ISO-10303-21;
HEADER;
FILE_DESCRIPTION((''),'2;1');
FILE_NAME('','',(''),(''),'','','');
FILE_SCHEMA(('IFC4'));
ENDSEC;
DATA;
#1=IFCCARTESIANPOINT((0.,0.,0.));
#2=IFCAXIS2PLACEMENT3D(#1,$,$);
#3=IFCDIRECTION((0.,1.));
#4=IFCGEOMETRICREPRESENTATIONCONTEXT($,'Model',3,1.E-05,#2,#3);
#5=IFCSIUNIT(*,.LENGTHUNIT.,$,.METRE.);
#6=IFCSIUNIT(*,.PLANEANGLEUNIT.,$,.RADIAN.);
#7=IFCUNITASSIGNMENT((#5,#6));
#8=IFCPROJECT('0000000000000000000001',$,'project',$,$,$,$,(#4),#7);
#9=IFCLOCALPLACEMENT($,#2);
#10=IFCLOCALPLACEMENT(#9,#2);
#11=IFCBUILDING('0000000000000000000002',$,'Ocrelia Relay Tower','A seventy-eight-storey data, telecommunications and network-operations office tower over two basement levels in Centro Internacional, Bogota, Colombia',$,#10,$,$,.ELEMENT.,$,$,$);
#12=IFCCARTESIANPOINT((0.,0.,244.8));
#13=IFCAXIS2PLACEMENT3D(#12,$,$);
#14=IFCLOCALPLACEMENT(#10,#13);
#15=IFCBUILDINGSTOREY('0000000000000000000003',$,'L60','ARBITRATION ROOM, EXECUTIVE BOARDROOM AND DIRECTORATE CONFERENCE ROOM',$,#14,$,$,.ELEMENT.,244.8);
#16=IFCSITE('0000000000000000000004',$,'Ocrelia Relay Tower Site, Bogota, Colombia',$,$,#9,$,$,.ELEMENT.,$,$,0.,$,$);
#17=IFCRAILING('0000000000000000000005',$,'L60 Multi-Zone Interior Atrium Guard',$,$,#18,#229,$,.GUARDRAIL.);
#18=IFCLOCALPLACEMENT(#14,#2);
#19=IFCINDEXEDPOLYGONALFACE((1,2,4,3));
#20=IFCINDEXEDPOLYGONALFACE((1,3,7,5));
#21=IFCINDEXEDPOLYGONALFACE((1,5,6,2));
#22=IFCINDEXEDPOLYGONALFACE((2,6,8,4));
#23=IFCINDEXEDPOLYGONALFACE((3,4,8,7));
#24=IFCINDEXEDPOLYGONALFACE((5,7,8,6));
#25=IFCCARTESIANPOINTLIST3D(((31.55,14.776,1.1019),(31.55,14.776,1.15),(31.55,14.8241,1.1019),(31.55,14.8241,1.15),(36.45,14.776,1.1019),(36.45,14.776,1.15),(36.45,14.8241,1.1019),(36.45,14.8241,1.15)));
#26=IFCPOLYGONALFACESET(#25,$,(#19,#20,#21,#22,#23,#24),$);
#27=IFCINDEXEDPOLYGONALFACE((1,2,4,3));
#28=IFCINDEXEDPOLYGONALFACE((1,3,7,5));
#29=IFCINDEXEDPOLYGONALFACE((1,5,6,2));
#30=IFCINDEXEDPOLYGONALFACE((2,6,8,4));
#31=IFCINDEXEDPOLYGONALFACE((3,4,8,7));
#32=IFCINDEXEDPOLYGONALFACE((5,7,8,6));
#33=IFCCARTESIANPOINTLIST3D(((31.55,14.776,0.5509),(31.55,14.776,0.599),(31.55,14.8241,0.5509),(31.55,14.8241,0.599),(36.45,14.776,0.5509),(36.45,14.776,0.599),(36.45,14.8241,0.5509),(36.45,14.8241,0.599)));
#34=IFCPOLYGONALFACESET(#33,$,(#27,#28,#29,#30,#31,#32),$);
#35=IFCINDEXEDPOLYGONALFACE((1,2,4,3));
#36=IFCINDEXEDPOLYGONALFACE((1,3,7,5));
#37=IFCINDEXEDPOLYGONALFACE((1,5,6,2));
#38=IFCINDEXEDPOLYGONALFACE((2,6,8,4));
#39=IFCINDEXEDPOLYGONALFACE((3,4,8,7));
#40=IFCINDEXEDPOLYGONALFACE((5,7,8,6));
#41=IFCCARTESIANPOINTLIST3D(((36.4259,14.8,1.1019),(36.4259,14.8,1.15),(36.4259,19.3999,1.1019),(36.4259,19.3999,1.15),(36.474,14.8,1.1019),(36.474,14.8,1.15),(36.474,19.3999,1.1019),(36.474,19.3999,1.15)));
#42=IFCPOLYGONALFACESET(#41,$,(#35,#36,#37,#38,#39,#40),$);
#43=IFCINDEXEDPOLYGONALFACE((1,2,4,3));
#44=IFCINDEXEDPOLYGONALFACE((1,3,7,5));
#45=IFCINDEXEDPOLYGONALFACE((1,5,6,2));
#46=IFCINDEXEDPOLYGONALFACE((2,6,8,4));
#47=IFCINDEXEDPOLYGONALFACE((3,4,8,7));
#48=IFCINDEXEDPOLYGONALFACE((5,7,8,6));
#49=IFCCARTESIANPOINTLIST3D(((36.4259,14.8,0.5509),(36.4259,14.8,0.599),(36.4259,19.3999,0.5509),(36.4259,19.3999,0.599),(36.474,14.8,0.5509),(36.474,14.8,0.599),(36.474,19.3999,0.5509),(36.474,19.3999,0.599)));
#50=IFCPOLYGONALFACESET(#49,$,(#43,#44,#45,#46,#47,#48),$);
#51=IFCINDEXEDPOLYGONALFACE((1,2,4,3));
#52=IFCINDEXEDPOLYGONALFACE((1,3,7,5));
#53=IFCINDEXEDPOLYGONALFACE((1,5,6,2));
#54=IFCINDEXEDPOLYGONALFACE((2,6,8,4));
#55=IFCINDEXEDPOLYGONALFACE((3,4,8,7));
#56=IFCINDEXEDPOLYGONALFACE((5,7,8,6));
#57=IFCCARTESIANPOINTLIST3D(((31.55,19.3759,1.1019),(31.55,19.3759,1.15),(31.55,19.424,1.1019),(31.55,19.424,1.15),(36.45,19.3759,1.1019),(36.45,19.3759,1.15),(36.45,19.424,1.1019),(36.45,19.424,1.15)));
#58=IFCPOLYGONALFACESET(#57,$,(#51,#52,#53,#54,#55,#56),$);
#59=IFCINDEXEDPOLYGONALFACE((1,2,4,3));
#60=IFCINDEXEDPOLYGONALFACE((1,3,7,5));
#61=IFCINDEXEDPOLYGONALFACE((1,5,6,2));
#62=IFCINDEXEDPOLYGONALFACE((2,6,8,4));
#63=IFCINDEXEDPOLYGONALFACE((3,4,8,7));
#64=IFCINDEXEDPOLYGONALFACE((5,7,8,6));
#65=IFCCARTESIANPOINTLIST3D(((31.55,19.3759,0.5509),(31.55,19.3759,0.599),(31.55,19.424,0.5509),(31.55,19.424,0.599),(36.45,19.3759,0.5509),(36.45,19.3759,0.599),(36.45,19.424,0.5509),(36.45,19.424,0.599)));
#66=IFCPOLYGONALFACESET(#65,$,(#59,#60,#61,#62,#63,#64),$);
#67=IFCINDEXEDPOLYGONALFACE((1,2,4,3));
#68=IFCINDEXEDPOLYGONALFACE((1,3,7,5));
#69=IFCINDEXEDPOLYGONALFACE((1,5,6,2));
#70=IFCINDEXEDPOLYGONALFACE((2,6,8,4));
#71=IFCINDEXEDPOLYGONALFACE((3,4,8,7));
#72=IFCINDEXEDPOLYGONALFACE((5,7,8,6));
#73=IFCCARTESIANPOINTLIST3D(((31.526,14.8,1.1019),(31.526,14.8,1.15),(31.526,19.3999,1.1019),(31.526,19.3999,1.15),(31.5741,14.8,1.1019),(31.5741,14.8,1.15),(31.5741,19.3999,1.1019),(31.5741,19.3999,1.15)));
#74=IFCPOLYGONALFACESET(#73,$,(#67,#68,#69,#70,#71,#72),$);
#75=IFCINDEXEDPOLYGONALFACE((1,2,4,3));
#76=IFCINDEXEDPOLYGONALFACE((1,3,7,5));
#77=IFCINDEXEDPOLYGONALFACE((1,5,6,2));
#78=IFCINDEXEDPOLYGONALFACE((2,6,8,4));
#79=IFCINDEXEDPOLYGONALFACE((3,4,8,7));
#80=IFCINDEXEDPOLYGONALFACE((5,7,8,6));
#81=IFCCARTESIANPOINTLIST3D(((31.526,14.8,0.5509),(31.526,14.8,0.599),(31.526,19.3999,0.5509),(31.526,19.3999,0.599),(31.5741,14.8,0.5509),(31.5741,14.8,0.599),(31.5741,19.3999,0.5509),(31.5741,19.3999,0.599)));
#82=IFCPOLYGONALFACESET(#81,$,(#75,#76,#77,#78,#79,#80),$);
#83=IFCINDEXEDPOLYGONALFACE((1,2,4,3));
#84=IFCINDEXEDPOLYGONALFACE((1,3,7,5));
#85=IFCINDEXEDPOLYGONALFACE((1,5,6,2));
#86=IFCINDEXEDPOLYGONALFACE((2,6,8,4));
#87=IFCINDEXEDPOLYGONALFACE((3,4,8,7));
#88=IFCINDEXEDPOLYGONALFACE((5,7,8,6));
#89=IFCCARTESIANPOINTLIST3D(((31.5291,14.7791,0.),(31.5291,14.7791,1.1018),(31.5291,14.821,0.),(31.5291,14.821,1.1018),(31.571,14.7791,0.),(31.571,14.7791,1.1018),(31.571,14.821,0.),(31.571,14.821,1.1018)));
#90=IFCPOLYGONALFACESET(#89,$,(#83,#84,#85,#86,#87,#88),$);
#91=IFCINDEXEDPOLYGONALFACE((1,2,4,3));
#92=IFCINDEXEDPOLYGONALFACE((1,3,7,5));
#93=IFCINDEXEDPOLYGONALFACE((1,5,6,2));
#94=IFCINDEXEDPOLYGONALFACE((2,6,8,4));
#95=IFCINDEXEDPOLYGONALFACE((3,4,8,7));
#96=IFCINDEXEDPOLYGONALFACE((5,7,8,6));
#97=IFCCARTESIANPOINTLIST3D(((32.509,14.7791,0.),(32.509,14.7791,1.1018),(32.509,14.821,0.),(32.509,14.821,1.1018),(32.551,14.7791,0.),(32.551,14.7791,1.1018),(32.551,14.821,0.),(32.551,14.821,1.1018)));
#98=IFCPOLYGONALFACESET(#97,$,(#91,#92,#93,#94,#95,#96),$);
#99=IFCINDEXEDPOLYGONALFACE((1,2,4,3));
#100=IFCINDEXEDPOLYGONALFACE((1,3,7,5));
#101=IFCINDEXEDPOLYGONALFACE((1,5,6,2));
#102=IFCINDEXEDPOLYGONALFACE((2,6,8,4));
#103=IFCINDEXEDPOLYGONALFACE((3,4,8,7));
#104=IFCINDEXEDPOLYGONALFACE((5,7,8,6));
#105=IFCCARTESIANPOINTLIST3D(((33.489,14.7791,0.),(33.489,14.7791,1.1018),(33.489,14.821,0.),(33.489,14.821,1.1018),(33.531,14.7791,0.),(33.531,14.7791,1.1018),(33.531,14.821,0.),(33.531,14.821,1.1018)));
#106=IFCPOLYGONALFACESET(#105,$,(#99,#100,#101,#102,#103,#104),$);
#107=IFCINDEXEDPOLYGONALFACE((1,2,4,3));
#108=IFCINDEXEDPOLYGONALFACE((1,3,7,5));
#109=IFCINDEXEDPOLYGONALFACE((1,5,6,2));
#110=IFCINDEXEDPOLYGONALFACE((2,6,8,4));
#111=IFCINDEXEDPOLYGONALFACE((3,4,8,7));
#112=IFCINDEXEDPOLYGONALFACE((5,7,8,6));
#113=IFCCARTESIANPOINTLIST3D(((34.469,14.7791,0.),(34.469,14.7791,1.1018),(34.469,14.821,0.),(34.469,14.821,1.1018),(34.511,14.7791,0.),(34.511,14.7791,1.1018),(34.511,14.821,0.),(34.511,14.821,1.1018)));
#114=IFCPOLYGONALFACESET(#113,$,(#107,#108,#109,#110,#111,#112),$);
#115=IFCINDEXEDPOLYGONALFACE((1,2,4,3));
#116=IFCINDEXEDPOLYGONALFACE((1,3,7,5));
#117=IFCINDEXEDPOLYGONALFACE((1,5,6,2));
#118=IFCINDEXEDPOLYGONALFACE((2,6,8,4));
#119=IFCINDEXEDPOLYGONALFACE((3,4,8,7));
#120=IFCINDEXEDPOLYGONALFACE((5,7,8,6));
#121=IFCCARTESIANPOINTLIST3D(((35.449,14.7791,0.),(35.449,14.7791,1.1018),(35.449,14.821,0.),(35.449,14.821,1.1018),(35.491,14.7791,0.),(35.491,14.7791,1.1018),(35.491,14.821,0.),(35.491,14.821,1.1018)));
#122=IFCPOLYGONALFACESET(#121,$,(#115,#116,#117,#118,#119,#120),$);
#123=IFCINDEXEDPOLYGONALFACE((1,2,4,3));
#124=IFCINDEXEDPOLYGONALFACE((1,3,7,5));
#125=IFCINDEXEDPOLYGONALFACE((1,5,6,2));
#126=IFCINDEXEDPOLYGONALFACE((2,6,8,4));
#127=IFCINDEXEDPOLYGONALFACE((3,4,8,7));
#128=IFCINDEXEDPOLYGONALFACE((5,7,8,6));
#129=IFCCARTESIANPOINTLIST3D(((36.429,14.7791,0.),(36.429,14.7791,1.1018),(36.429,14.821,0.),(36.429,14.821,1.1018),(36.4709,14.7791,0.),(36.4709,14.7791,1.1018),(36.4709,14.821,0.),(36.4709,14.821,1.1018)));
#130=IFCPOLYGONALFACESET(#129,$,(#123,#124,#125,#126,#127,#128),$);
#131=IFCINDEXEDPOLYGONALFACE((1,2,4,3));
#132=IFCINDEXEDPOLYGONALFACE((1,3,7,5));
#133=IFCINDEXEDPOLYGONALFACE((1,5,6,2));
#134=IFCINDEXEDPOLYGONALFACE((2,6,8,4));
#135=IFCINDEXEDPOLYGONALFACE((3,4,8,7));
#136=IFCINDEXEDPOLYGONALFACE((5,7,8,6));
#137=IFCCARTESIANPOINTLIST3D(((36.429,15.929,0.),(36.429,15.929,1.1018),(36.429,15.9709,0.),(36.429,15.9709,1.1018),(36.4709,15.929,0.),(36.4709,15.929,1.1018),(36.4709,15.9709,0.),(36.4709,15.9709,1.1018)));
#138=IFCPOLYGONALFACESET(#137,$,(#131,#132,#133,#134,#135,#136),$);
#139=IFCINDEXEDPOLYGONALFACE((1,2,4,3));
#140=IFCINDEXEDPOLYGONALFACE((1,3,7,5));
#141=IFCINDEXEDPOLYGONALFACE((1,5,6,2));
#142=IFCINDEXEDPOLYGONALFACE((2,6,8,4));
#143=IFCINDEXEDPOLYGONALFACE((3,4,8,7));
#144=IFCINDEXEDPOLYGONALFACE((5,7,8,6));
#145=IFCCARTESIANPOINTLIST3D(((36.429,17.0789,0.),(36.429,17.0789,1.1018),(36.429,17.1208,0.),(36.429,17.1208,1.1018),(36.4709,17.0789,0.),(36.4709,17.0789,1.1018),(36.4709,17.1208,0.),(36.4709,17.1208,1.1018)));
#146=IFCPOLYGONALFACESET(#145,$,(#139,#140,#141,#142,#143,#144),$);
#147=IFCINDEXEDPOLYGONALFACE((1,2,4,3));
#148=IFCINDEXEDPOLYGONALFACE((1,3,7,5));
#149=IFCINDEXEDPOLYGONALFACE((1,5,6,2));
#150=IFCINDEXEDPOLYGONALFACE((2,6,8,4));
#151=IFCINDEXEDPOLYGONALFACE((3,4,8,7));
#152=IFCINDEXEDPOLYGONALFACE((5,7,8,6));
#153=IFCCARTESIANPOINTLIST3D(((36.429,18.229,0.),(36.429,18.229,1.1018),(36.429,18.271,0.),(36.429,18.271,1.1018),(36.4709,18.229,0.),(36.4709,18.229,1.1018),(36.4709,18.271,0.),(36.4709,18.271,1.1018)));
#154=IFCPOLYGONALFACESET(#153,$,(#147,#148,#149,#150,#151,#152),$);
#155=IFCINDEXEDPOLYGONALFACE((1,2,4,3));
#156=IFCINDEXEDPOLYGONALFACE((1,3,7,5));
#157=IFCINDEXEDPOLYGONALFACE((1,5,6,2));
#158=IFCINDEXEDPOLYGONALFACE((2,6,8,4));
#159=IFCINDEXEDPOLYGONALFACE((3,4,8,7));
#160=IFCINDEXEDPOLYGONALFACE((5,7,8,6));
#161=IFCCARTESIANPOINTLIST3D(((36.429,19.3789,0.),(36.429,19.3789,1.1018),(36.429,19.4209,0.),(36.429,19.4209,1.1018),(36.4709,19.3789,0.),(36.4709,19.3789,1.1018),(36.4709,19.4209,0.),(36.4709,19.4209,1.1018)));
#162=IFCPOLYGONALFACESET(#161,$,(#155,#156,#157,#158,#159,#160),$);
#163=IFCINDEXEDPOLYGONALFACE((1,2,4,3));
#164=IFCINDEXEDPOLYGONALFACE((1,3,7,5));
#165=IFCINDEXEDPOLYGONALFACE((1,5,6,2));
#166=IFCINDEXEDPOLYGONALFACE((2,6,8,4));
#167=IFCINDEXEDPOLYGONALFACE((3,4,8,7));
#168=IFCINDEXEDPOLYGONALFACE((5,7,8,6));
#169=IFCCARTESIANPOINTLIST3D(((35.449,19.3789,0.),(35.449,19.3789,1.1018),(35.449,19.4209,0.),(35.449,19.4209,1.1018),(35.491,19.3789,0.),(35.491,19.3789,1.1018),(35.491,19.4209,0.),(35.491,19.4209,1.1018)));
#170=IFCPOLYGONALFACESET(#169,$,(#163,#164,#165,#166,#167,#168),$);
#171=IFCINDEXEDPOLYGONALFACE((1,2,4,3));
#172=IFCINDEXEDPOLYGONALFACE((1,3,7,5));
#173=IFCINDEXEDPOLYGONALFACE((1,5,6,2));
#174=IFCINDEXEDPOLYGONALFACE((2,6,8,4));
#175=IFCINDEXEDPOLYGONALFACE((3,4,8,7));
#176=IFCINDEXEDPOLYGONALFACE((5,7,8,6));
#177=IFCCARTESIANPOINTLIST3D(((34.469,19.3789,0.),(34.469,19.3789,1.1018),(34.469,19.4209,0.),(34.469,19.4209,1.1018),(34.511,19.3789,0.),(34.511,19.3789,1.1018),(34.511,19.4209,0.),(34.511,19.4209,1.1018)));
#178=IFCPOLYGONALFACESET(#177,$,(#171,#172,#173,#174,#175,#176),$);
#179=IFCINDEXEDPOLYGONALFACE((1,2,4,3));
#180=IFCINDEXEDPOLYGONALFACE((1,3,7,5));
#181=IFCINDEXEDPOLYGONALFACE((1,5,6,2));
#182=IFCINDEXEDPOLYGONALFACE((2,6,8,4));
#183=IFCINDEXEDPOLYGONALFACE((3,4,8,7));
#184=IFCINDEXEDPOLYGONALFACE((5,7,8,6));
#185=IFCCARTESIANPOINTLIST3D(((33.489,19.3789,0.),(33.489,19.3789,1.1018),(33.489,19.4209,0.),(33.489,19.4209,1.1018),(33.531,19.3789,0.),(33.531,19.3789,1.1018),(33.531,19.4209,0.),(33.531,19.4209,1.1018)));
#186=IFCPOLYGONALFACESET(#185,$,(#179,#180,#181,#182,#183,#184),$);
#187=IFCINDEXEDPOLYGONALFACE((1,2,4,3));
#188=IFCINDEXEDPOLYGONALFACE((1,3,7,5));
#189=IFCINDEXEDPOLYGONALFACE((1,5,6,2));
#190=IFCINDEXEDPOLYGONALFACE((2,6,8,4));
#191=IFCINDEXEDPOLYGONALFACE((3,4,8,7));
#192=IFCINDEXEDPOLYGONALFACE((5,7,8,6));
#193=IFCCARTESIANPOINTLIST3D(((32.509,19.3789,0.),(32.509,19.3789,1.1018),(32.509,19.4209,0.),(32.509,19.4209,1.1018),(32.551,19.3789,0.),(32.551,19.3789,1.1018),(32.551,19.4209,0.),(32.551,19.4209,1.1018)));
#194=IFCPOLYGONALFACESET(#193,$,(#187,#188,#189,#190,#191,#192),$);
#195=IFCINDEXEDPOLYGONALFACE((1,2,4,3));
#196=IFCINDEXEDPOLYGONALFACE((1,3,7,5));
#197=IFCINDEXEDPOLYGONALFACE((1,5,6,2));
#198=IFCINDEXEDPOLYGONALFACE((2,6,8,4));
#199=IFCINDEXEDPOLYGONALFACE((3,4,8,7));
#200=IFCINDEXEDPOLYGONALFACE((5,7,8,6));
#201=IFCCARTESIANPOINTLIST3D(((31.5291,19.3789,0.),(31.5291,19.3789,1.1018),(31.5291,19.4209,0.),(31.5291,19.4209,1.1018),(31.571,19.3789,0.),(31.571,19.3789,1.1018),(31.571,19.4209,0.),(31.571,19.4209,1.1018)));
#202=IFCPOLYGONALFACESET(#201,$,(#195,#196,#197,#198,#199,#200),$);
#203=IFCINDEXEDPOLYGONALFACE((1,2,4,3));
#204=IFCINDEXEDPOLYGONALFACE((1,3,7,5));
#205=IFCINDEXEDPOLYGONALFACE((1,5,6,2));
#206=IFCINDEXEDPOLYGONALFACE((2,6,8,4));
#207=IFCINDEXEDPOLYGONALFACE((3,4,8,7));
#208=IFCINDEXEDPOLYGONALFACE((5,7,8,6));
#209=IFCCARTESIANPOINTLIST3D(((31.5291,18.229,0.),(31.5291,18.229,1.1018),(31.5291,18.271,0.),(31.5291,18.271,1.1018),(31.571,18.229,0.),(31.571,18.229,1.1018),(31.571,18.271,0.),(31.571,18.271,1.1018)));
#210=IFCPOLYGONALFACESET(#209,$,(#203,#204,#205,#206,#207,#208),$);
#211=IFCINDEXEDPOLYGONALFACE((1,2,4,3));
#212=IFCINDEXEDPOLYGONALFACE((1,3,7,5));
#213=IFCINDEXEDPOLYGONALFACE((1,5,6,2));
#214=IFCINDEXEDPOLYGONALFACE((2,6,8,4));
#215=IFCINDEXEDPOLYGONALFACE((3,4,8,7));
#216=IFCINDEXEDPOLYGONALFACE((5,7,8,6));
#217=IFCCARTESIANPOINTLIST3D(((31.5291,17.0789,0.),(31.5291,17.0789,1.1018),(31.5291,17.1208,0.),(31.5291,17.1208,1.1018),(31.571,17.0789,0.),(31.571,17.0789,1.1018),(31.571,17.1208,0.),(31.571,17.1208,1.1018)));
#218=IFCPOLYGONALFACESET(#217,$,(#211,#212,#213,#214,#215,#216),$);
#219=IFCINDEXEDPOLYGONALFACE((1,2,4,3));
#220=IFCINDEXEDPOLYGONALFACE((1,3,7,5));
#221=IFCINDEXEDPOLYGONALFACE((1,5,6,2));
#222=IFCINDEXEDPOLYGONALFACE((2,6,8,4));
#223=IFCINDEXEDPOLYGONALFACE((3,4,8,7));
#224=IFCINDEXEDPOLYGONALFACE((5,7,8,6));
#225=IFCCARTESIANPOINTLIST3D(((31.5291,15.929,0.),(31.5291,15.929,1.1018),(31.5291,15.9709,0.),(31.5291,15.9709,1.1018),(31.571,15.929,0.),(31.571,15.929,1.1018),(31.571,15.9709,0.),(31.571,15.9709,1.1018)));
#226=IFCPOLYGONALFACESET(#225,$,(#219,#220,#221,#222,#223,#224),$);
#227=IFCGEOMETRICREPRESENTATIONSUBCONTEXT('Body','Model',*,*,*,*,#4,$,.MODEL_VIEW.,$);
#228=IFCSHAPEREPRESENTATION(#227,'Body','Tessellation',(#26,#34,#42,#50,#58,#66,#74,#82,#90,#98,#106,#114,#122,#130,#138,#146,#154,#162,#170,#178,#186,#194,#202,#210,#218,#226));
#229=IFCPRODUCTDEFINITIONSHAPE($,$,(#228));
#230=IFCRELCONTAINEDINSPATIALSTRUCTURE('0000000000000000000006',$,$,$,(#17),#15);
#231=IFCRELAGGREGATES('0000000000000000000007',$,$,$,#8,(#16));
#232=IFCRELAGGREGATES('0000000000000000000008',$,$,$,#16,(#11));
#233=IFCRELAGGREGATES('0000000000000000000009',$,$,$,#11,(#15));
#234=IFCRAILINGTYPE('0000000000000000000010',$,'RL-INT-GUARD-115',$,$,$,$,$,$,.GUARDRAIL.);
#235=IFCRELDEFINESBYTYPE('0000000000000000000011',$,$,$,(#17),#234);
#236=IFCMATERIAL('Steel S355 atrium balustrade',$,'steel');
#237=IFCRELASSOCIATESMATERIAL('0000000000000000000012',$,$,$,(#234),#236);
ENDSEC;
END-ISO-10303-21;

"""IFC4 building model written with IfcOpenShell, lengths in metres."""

from ifc_helpers import new_model, si_unit, direction, frame, origin, origin_2d, place, context, subcontext, project, spatial, rectangle, extrude, material, type_object, element, save


model = new_model("IFC4")

# Units and contexts
model_context = context("Model", 3, precision=1e-05, world=origin(), true_north=direction((0.0, 1.0)))
body_context = subcontext(model_context, "Body", "Model", "MODEL_VIEW")
ifc_project = project(units=[si_unit("LENGTHUNIT", "METRE"), si_unit("PLANEANGLEUNIT", "RADIAN")], contexts=[model_context])

# Site, building, storey
site_placement = place(None, origin())
site = spatial("IfcSite", under=ifc_project, at=site_placement, Name="Ocrelia Relay Tower Site, Bogota, Colombia", CompositionType="ELEMENT", RefElevation=0.0)
building_placement = place(site_placement, origin())
building = spatial("IfcBuilding", under=site, at=building_placement, Name="Ocrelia Relay Tower", Description="A seventy-eight-storey data, telecommunications and network-operations office tower over two basement levels in Centro Internacional, Bogota, Colombia", CompositionType="ELEMENT")
storey_placement = place(building_placement, frame((0.0, 0.0, 244.8)))
storey = spatial("IfcBuildingStorey", under=building, at=storey_placement, Name="L60", Description="ARBITRATION ROOM, EXECUTIVE BOARDROOM AND DIRECTORATE CONFERENCE ROOM", CompositionType="ELEMENT", Elevation=244.8)

# Railing
ifc_material_1 = material(Name="Steel S355 atrium balustrade", Category="steel")
railing_type = type_object("IfcRailingType", Name="RL-INT-GUARD-115", PredefinedType="GUARDRAIL", material=ifc_material_1)
railing_placement = place(storey_placement, frame((31.55, 14.8, 0.0)))
element("IfcRailing", 1, at=railing_placement, inside=storey, type_object=railing_type, Name="L60 Multi-Zone Interior Atrium Guard", PredefinedType="GUARDRAIL", context=body_context, shape_type="SweptSolid", body=[
    extrude(rectangle(XDim=0.0481, YDim=0.0481, at=origin_2d()), frame((0.0, 0.0, 1.126), z_axis=(1.0, 0.0, 0.0), x_axis=(0.0, 1.0, 0.0)), (0.0, 0.0, 1.0), 4.8999),
    extrude(rectangle(XDim=0.0481, YDim=0.0481, at=origin_2d()), frame((0.0, 0.0, 0.575), z_axis=(1.0, 0.0, 0.0), x_axis=(0.0, 1.0, 0.0)), (0.0, 0.0, 1.0), 4.8999),
    extrude(rectangle(XDim=0.0481, YDim=0.0481, at=origin_2d()), frame((4.8999, 0.0, 1.126), z_axis=(0.0, 1.0, 0.0), x_axis=(-1.0, 0.0, 0.0)), (0.0, 0.0, 1.0), 4.5999),
    extrude(rectangle(XDim=0.0481, YDim=0.0481, at=origin_2d()), frame((4.8999, 0.0, 0.575), z_axis=(0.0, 1.0, 0.0), x_axis=(-1.0, 0.0, 0.0)), (0.0, 0.0, 1.0), 4.5999),
    extrude(rectangle(XDim=0.0481, YDim=0.0481, at=origin_2d()), frame((4.8999, 4.5999, 1.126), z_axis=(-1.0, 0.0, 0.0), x_axis=(0.0, -1.0, 0.0)), (0.0, 0.0, 1.0), 4.8999),
    extrude(rectangle(XDim=0.0481, YDim=0.0481, at=origin_2d()), frame((4.8999, 4.5999, 0.575), z_axis=(-1.0, 0.0, 0.0), x_axis=(0.0, -1.0, 0.0)), (0.0, 0.0, 1.0), 4.8999),
    extrude(rectangle(XDim=0.0481, YDim=0.0481, at=origin_2d()), frame((0.0, 4.5999, 1.126), z_axis=(0.0, -1.0, 0.0), x_axis=(1.0, 0.0, 0.0)), (0.0, 0.0, 1.0), 4.5999),
    extrude(rectangle(XDim=0.0481, YDim=0.0481, at=origin_2d()), frame((0.0, 4.5999, 0.575), z_axis=(0.0, -1.0, 0.0), x_axis=(1.0, 0.0, 0.0)), (0.0, 0.0, 1.0), 4.5999),
    extrude(rectangle(XDim=0.042, YDim=0.042, at=origin_2d()), origin(), (0.0, 0.0, 1.0), 1.1018),
    extrude(rectangle(XDim=0.042, YDim=0.042, at=origin_2d()), frame((0.98, 0.0, 0.0)), (0.0, 0.0, 1.0), 1.1018),
    extrude(rectangle(XDim=0.042, YDim=0.042, at=origin_2d()), frame((1.96, 0.0, 0.0)), (0.0, 0.0, 1.0), 1.1018),
    extrude(rectangle(XDim=0.042, YDim=0.042, at=origin_2d()), frame((2.9399, 0.0, 0.0)), (0.0, 0.0, 1.0), 1.1018),
    extrude(rectangle(XDim=0.042, YDim=0.042, at=origin_2d()), frame((3.9199, 0.0, 0.0)), (0.0, 0.0, 1.0), 1.1018),
    extrude(rectangle(XDim=0.042, YDim=0.042, at=origin_2d()), frame((4.8999, 0.0, 0.0)), (0.0, 0.0, 1.0), 1.1018),
    extrude(rectangle(XDim=0.042, YDim=0.042, at=origin_2d()), frame((4.8999, 1.1499, 0.0)), (0.0, 0.0, 1.0), 1.1018),
    extrude(rectangle(XDim=0.042, YDim=0.042, at=origin_2d()), frame((4.8999, 2.2998, 0.0)), (0.0, 0.0, 1.0), 1.1018),
    extrude(rectangle(XDim=0.042, YDim=0.042, at=origin_2d()), frame((4.8999, 3.45, 0.0)), (0.0, 0.0, 1.0), 1.1018),
    extrude(rectangle(XDim=0.042, YDim=0.042, at=origin_2d()), frame((4.8999, 4.5999, 0.0)), (0.0, 0.0, 1.0), 1.1018),
    extrude(rectangle(XDim=0.042, YDim=0.042, at=origin_2d()), frame((3.9199, 4.5999, 0.0)), (0.0, 0.0, 1.0), 1.1018),
    extrude(rectangle(XDim=0.042, YDim=0.042, at=origin_2d()), frame((2.9399, 4.5999, 0.0)), (0.0, 0.0, 1.0), 1.1018),
    extrude(rectangle(XDim=0.042, YDim=0.042, at=origin_2d()), frame((1.96, 4.5999, 0.0)), (0.0, 0.0, 1.0), 1.1018),
    extrude(rectangle(XDim=0.042, YDim=0.042, at=origin_2d()), frame((0.98, 4.5999, 0.0)), (0.0, 0.0, 1.0), 1.1018),
    extrude(rectangle(XDim=0.042, YDim=0.042, at=origin_2d()), frame((0.0, 4.5999, 0.0)), (0.0, 0.0, 1.0), 1.1018),
    extrude(rectangle(XDim=0.042, YDim=0.042, at=origin_2d()), frame((0.0, 3.45, 0.0)), (0.0, 0.0, 1.0), 1.1018),
    extrude(rectangle(XDim=0.042, YDim=0.042, at=origin_2d()), frame((0.0, 2.2998, 0.0)), (0.0, 0.0, 1.0), 1.1018),
    extrude(rectangle(XDim=0.042, YDim=0.042, at=origin_2d()), frame((0.0, 1.1499, 0.0)), (0.0, 0.0, 1.0), 1.1018),
])

save(model, "model.ifc")
